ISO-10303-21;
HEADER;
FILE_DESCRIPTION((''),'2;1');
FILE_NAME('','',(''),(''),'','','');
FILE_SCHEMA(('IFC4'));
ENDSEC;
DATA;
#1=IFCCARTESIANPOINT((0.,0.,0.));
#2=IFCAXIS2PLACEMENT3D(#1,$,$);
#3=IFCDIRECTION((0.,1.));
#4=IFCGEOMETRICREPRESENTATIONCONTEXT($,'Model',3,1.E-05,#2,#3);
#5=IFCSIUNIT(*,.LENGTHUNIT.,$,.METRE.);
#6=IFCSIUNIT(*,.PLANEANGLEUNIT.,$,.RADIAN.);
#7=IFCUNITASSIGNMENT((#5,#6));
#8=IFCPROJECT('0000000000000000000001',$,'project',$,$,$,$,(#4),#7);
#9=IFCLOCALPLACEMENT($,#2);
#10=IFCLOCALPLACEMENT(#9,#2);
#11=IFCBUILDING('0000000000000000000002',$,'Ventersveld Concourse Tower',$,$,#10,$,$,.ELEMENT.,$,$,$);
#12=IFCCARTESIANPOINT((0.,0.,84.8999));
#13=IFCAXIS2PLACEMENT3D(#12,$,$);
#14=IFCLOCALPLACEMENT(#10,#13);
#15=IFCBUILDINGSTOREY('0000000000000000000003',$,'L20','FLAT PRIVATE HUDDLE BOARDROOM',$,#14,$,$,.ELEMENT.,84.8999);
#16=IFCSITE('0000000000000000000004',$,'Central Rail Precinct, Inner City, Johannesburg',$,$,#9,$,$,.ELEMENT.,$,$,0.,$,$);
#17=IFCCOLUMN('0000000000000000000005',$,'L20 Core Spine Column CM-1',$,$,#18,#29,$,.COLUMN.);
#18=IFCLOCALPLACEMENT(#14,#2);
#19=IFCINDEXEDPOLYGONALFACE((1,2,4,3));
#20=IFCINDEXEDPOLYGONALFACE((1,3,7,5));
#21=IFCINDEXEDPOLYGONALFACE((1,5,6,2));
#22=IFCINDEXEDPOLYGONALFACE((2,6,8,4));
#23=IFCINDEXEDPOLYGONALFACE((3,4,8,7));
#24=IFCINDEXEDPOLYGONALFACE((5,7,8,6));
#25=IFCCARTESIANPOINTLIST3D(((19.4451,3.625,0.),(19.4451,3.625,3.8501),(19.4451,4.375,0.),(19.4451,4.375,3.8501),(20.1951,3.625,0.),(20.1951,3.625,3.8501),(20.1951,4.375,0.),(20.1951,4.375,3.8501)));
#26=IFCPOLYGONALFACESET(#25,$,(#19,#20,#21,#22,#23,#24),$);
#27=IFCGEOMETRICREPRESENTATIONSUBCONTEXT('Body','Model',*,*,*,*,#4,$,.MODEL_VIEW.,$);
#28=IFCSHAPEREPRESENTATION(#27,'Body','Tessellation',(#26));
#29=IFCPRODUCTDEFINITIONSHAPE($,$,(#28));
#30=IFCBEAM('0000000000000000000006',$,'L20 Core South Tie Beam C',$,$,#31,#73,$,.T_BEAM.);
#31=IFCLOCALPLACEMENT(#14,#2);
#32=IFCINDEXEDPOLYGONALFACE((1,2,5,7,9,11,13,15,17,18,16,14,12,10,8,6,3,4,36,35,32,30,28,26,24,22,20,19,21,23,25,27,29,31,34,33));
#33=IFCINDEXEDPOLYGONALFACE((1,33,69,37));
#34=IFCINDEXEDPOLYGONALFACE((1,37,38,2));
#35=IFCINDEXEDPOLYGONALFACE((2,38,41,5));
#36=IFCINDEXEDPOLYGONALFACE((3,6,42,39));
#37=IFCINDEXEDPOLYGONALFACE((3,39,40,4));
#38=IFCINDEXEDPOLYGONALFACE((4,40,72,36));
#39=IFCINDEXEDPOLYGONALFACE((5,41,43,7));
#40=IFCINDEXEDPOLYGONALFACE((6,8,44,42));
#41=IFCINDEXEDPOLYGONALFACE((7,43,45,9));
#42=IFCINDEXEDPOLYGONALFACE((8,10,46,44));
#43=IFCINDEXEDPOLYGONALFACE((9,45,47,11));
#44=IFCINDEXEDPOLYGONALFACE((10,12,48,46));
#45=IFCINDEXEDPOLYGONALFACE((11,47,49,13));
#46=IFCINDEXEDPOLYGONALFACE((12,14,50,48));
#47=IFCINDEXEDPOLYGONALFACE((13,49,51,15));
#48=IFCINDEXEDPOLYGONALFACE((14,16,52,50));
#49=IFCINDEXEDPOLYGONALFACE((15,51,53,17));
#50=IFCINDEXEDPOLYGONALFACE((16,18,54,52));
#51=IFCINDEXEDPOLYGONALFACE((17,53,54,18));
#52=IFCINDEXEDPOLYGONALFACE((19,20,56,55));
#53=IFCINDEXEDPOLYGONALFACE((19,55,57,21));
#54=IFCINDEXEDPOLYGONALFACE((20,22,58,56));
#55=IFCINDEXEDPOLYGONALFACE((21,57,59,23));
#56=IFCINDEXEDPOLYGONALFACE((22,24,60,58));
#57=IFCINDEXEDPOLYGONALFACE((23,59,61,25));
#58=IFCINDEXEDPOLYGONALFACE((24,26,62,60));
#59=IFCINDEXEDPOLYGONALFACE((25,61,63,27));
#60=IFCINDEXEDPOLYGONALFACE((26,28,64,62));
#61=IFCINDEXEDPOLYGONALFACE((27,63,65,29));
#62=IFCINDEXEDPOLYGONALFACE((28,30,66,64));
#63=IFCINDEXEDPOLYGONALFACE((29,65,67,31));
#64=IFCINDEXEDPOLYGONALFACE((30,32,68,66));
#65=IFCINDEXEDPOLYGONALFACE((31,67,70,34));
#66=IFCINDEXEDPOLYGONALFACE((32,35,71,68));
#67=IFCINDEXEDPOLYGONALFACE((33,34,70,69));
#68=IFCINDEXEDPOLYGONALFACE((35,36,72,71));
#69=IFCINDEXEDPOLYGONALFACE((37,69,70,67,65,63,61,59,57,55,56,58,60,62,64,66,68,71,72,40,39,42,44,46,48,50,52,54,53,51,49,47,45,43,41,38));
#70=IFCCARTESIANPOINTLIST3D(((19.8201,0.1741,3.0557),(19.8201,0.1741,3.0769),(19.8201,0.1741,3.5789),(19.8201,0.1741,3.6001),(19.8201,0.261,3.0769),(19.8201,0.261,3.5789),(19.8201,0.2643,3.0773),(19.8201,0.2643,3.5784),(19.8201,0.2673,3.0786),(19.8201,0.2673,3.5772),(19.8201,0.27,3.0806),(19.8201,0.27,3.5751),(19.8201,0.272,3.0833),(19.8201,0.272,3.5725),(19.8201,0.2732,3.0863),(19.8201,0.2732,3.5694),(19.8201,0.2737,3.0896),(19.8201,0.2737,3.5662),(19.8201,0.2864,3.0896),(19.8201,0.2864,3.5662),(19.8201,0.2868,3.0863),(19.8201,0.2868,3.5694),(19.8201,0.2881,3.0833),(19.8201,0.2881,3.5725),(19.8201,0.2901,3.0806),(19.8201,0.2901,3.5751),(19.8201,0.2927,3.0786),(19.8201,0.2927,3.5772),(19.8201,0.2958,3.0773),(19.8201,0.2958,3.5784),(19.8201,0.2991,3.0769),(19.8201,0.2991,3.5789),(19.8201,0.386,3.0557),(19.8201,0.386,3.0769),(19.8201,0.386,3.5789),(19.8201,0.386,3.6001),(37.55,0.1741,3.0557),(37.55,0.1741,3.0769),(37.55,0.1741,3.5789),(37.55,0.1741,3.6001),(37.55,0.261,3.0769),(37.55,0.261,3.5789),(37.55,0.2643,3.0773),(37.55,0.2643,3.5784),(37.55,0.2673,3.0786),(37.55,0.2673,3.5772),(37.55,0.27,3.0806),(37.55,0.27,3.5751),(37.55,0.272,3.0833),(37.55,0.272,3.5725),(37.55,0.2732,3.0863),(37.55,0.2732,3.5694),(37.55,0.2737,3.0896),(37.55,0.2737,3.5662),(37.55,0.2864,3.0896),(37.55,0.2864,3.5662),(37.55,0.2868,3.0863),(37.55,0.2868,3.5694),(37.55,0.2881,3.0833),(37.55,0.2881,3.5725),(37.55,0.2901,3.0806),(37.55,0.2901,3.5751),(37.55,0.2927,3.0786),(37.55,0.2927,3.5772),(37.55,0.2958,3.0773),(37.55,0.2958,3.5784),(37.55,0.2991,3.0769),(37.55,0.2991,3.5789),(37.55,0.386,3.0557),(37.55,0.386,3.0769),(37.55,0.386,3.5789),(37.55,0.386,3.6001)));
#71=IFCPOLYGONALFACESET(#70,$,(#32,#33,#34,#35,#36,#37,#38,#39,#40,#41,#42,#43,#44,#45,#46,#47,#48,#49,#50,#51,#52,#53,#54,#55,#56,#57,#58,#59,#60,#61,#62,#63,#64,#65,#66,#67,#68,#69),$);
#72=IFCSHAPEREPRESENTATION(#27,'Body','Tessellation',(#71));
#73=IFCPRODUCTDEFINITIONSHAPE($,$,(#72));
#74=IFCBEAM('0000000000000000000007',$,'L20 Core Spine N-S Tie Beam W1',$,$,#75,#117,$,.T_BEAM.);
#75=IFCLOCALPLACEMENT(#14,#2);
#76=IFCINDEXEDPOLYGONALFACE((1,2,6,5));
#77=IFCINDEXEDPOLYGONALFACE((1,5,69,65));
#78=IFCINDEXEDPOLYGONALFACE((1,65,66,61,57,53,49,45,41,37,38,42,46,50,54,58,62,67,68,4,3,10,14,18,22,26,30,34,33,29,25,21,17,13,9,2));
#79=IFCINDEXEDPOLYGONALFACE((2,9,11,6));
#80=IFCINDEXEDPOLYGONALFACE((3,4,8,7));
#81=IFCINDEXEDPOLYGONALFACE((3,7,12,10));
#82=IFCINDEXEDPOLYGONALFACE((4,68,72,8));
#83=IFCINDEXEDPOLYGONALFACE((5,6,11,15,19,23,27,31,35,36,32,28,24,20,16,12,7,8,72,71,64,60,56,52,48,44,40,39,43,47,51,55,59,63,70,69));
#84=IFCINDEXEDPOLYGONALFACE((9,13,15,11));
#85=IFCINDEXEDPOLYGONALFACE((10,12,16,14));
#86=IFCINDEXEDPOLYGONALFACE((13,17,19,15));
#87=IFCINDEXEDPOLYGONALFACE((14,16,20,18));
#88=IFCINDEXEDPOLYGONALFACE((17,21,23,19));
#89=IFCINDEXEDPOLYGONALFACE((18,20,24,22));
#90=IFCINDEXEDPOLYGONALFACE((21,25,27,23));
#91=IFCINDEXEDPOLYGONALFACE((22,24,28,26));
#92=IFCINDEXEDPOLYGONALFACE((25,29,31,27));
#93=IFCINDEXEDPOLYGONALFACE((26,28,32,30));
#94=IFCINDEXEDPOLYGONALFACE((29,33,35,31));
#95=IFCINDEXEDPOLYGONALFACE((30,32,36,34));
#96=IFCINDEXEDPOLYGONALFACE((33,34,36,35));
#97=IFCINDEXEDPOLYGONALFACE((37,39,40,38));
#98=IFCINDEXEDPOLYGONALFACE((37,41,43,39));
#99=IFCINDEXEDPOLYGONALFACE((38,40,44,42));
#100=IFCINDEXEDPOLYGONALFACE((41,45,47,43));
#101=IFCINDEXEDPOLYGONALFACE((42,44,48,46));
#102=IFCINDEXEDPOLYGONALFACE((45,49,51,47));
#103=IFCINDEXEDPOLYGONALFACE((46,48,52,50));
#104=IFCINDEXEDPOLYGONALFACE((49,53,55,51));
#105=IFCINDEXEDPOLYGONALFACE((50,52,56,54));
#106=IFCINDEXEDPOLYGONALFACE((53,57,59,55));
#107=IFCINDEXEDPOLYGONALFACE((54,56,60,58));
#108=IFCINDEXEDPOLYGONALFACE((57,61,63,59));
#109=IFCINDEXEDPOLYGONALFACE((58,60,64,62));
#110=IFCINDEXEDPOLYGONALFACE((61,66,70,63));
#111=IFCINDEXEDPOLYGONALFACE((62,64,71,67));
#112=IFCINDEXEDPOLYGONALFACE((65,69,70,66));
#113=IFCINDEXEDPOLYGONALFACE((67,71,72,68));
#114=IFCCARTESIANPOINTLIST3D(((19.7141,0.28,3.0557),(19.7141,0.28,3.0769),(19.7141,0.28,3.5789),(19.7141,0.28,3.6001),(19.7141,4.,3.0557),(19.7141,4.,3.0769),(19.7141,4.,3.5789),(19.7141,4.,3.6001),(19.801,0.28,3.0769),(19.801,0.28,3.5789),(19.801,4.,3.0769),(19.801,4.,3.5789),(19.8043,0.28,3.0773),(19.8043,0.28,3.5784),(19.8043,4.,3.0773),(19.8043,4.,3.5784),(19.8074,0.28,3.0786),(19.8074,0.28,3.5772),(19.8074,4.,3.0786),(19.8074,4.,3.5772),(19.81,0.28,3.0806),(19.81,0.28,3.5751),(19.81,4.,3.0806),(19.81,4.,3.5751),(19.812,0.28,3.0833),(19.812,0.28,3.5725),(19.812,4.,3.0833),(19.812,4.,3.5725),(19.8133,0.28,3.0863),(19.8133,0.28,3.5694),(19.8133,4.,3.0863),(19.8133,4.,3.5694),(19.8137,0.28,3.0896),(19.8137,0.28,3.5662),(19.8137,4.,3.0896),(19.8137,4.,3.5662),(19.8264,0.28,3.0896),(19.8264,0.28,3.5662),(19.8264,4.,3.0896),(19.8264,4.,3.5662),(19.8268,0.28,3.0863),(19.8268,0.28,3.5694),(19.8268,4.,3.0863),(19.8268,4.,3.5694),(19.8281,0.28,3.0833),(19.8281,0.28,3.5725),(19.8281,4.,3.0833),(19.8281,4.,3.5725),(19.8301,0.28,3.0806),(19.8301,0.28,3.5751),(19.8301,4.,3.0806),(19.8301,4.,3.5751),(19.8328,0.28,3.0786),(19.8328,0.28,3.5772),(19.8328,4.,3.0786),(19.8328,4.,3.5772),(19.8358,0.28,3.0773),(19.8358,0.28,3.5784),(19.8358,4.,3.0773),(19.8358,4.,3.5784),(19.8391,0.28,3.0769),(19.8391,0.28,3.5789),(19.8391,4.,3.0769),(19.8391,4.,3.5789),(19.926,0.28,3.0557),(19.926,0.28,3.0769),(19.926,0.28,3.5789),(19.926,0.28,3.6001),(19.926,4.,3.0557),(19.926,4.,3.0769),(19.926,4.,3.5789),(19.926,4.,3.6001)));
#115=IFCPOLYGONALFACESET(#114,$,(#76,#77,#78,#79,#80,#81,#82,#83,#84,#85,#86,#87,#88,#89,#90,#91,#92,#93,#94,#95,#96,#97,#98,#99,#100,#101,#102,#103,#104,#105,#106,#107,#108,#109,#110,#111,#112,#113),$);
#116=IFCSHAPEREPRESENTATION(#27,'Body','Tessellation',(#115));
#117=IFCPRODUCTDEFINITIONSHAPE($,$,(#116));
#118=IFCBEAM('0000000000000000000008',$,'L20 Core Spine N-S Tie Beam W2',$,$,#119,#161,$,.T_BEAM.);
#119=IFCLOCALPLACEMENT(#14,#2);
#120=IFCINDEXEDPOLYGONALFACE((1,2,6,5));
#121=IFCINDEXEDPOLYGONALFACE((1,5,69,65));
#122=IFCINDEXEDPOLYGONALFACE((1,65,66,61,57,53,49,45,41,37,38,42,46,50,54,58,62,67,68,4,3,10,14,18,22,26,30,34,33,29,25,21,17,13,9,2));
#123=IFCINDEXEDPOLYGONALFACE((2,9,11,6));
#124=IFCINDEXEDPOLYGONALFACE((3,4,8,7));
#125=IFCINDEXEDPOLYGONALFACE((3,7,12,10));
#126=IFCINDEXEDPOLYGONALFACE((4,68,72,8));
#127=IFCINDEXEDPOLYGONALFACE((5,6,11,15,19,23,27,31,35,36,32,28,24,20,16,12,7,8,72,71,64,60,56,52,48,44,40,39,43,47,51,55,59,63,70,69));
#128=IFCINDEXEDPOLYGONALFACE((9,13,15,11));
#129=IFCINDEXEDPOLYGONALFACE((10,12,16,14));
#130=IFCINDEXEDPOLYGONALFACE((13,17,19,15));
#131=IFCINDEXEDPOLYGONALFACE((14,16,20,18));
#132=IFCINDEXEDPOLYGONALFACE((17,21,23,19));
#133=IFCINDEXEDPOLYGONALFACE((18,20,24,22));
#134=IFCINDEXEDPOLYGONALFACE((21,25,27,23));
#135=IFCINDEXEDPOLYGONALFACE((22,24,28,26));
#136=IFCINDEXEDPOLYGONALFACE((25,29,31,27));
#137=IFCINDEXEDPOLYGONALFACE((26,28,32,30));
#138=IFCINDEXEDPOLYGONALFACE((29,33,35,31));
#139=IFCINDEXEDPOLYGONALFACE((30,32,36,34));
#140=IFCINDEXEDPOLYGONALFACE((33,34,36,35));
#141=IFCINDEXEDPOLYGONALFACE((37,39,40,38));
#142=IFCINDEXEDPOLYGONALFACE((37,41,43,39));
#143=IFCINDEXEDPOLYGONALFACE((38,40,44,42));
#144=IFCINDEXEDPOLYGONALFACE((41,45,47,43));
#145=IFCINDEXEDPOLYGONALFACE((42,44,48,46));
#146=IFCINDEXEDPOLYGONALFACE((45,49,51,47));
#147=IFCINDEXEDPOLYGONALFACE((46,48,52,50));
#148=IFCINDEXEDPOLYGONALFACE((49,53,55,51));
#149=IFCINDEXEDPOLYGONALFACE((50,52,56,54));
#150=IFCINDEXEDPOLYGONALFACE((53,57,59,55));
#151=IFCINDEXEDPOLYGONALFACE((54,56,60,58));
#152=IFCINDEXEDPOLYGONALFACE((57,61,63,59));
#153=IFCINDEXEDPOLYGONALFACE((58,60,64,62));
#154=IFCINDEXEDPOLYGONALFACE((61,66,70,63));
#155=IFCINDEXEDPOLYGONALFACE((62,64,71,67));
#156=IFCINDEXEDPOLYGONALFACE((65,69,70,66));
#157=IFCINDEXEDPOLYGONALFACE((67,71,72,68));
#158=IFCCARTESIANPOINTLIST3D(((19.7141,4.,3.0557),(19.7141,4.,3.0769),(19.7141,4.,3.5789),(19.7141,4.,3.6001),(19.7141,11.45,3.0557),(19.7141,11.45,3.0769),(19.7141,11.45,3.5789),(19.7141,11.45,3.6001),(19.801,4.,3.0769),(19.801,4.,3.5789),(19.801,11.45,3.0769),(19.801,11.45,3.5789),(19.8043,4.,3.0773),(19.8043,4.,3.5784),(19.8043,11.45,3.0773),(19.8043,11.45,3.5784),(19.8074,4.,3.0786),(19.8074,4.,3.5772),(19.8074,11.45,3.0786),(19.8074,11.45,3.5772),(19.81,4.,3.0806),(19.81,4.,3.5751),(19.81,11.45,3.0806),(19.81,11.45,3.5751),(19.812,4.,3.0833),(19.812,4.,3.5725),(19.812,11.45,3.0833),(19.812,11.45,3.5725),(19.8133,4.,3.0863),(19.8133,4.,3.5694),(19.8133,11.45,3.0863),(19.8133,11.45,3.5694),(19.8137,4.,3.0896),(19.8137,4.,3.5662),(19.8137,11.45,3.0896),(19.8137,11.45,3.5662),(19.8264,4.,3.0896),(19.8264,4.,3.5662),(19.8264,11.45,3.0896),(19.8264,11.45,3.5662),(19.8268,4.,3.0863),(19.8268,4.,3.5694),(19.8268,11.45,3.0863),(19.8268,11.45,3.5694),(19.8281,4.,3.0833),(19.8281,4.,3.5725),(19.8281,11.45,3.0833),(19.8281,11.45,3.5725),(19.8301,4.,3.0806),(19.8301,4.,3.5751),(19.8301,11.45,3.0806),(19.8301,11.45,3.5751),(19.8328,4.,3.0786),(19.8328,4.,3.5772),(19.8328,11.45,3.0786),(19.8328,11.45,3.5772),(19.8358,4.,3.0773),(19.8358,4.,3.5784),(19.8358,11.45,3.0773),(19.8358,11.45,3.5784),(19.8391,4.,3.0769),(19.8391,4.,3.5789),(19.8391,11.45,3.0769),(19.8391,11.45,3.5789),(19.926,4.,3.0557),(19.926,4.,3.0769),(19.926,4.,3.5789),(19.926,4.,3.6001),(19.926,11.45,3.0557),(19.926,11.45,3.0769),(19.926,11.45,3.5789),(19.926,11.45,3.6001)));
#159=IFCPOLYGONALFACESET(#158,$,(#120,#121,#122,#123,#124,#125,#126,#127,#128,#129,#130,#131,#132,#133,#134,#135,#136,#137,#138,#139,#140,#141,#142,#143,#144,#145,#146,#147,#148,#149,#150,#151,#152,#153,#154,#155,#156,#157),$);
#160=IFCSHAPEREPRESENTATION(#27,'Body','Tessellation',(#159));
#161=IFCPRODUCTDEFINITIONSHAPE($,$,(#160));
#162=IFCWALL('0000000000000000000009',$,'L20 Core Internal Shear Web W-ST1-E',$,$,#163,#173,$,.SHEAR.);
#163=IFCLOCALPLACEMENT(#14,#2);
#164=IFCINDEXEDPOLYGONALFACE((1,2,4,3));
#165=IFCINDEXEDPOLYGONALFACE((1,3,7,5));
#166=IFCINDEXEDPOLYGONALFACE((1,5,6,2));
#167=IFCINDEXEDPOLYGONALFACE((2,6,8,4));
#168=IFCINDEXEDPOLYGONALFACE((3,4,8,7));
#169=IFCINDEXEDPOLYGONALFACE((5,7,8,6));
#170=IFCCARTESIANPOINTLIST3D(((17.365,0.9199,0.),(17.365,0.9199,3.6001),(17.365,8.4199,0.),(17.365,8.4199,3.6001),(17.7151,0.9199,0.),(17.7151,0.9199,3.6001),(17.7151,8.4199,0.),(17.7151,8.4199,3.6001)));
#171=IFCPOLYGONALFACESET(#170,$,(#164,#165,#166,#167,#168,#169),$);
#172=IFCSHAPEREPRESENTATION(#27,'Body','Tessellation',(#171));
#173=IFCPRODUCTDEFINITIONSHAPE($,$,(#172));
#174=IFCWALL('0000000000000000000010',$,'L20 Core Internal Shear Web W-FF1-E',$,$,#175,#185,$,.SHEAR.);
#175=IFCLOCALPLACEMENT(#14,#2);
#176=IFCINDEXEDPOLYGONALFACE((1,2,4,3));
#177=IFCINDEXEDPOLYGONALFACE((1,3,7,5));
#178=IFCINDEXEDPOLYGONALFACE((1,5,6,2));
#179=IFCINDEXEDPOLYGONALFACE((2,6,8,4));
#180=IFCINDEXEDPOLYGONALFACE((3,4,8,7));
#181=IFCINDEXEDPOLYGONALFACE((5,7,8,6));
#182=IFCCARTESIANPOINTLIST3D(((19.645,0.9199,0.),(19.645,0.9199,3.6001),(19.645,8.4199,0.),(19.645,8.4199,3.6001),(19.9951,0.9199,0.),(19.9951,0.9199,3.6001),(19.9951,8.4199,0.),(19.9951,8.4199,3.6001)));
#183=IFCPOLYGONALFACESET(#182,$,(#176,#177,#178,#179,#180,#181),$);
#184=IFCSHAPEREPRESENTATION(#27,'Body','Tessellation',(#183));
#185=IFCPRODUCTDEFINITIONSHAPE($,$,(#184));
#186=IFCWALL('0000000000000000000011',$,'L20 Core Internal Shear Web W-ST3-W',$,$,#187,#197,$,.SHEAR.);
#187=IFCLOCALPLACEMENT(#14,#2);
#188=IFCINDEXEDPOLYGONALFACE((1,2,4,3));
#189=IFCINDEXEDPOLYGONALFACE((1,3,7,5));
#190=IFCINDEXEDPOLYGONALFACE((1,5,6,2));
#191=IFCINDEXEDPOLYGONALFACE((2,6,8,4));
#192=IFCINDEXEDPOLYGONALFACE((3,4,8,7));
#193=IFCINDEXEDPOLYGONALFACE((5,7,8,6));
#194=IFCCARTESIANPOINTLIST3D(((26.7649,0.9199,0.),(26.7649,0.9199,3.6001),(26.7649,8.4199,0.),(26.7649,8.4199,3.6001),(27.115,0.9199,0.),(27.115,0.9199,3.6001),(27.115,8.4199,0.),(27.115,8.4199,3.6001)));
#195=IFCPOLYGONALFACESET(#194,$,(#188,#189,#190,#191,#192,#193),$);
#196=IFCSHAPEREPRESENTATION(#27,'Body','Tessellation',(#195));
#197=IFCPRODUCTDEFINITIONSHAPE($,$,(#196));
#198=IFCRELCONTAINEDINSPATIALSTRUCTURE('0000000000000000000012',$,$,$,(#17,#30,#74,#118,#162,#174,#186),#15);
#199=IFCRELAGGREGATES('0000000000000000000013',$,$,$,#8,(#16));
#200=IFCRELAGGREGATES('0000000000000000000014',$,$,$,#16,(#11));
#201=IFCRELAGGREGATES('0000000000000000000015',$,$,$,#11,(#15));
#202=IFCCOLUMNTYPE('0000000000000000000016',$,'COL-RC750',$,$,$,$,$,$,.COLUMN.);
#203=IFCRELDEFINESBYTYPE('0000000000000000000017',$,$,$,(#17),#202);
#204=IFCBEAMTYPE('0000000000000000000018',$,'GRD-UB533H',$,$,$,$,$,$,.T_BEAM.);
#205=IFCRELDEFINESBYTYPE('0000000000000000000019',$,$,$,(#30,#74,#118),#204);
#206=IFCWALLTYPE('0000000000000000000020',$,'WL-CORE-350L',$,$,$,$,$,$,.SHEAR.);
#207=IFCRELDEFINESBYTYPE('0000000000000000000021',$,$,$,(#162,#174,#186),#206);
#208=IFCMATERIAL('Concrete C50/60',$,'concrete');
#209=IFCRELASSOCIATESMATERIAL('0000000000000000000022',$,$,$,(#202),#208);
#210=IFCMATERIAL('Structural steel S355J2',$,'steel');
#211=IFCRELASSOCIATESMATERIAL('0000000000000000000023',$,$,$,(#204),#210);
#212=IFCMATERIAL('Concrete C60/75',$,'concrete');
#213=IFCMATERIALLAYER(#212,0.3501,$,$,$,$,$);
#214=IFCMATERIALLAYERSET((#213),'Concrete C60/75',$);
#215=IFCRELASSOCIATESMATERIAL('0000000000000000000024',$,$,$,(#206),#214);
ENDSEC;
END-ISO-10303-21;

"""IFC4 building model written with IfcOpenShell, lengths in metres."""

from ifc_helpers import new_model, si_unit, direction, frame, frame_2d, origin, origin_2d, place, context, subcontext, project, spatial, rectangle, i_section, extrude, material, layer, layer_set, material_profile, profile_set, type_object, element, save


model = new_model("IFC4")

# Units and contexts
model_context = context("Model", 3, precision=1e-05, world=origin(), true_north=direction((0.0, 1.0)))
body_context = subcontext(model_context, "Body", "Model", "MODEL_VIEW")
ifc_project = project(units=[si_unit("LENGTHUNIT", "METRE"), si_unit("PLANEANGLEUNIT", "RADIAN")], contexts=[model_context])

# Site, building, storey
site_placement = place(None, origin())
site = spatial("IfcSite", under=ifc_project, at=site_placement, Name="Central Rail Precinct, Inner City, Johannesburg", CompositionType="ELEMENT", RefElevation=0.0)
building_placement = place(site_placement, origin())
building = spatial("IfcBuilding", under=site, at=building_placement, Name="Ventersveld Concourse Tower", CompositionType="ELEMENT")
storey_placement = place(building_placement, frame((0.0, 0.0, 84.8999)))
storey = spatial("IfcBuildingStorey", under=building, at=storey_placement, Name="L20", Description="FLAT PRIVATE HUDDLE BOARDROOM", CompositionType="ELEMENT", Elevation=84.8999)

# Column
ifc_material_1 = material(Name="Concrete C50/60", Category="concrete")
ifc_material_profile_1 = material_profile(ifc_material_1, rectangle(XDim=0.75, YDim=0.75, at=origin_2d()), Name="RC 750x750")
ifc_profile_set_1 = profile_set([ifc_material_profile_1], Name="Concrete C50/60")
column_type = type_object("IfcColumnType", Name="COL-RC750", PredefinedType="COLUMN", material=ifc_profile_set_1)
column_placement = place(storey_placement, frame((19.8201, 4.0, 0.0), z_axis=(0.0, 0.0, 1.0), x_axis=(1.0, 0.0, 0.0)))
element("IfcColumn", 1, at=column_placement, inside=storey, type_object=column_type, Name="L20 Core Spine Column CM-1", PredefinedType="COLUMN", context=body_context, shape_type="SweptSolid", body=[
    extrude(rectangle(XDim=0.75, YDim=0.75, at=origin_2d()), origin(), (0.0, 0.0, 1.0), 3.8501),
])

# Beams
ifc_material_2 = material(Name="Structural steel S355J2", Category="steel")
ifc_material_profile_2 = material_profile(ifc_material_2, i_section(OverallWidth=0.2119, OverallDepth=0.5444, WebThickness=0.0127, FlangeThickness=0.0212, FilletRadius=0.0127, at=origin_2d()), Name="UB 533x210x122")
ifc_profile_set_2 = profile_set([ifc_material_profile_2], Name="Structural steel S355J2")
beam_type = type_object("IfcBeamType", Name="GRD-UB533H", PredefinedType="T_BEAM", material=ifc_profile_set_2)
beam_1_placement = place(storey_placement, frame((19.8201, 0.28, 3.3279), z_axis=(1.0, 0.0, 0.0), x_axis=(0.0, 1.0, 0.0)))
element("IfcBeam", 2, at=beam_1_placement, inside=storey, type_object=beam_type, Name="L20 Core South Tie Beam C", PredefinedType="T_BEAM", context=body_context, shape_type="SweptSolid", body=[
    extrude(i_section(OverallWidth=0.2119, OverallDepth=0.5444, WebThickness=0.0127, FlangeThickness=0.0212, FilletRadius=0.0127, at=origin_2d()), origin(), (0.0, 0.0, 1.0), 17.73),
])
beam_2_placement = place(storey_placement, frame((19.8201, 0.28, 3.3279), z_axis=(0.0, 1.0, 0.0), x_axis=(-1.0, 0.0, 0.0)))
element("IfcBeam", 3, at=beam_2_placement, inside=storey, type_object=beam_type, Name="L20 Core Spine N-S Tie Beam W1", PredefinedType="T_BEAM", context=body_context, shape_type="SweptSolid", body=[
    extrude(i_section(OverallWidth=0.2119, OverallDepth=0.5444, WebThickness=0.0127, FlangeThickness=0.0212, FilletRadius=0.0127, at=origin_2d()), origin(), (0.0, 0.0, 1.0), 3.72),
])
beam_3_placement = place(storey_placement, frame((19.8201, 4.0, 3.3279), z_axis=(0.0, 1.0, 0.0), x_axis=(-1.0, 0.0, 0.0)))
element("IfcBeam", 4, at=beam_3_placement, inside=storey, type_object=beam_type, Name="L20 Core Spine N-S Tie Beam W2", PredefinedType="T_BEAM", context=body_context, shape_type="SweptSolid", body=[
    extrude(i_section(OverallWidth=0.2119, OverallDepth=0.5444, WebThickness=0.0127, FlangeThickness=0.0212, FilletRadius=0.0127, at=origin_2d()), origin(), (0.0, 0.0, 1.0), 7.45),
])

# Walls
ifc_material_3 = material(Name="Concrete C60/75", Category="concrete")
ifc_layer_1 = layer(ifc_material_3, 0.3501)
ifc_layer_set_1 = layer_set([ifc_layer_1], Name="Concrete C60/75")
wall_type_1 = type_object("IfcWallType", Name="WL-CORE-350L", PredefinedType="SHEAR", material=ifc_layer_set_1)
for number, where, z_axis, x_axis, name in (
    (5, (17.54, 0.9199, 0.0), (0.0, 0.0, 1.0), (0.0, 1.0, 0.0), "L20 Core Internal Shear Web W-ST1-E"),
    (6, (19.8201, 0.9199, 0.0), (0.0, 0.0, 1.0), (0.0, 1.0, 0.0), "L20 Core Internal Shear Web W-FF1-E"),
    (7, (26.9399, 0.9199, 0.0), (0.0, 0.0, 1.0), (0.0, 1.0, 0.0), "L20 Core Internal Shear Web W-ST3-W"),
):
    element("IfcWall", number, at=place(storey_placement, frame(where, z_axis=z_axis, x_axis=x_axis)), inside=storey, type_object=wall_type_1, Name=name, PredefinedType="SHEAR", context=body_context, shape_type="SweptSolid", body=[
        extrude(rectangle(XDim=7.5, YDim=0.3501, at=frame_2d((3.75, 0.0))), origin(), (0.0, 0.0, 1.0), 3.6001),
    ])

save(model, "model.ifc")
